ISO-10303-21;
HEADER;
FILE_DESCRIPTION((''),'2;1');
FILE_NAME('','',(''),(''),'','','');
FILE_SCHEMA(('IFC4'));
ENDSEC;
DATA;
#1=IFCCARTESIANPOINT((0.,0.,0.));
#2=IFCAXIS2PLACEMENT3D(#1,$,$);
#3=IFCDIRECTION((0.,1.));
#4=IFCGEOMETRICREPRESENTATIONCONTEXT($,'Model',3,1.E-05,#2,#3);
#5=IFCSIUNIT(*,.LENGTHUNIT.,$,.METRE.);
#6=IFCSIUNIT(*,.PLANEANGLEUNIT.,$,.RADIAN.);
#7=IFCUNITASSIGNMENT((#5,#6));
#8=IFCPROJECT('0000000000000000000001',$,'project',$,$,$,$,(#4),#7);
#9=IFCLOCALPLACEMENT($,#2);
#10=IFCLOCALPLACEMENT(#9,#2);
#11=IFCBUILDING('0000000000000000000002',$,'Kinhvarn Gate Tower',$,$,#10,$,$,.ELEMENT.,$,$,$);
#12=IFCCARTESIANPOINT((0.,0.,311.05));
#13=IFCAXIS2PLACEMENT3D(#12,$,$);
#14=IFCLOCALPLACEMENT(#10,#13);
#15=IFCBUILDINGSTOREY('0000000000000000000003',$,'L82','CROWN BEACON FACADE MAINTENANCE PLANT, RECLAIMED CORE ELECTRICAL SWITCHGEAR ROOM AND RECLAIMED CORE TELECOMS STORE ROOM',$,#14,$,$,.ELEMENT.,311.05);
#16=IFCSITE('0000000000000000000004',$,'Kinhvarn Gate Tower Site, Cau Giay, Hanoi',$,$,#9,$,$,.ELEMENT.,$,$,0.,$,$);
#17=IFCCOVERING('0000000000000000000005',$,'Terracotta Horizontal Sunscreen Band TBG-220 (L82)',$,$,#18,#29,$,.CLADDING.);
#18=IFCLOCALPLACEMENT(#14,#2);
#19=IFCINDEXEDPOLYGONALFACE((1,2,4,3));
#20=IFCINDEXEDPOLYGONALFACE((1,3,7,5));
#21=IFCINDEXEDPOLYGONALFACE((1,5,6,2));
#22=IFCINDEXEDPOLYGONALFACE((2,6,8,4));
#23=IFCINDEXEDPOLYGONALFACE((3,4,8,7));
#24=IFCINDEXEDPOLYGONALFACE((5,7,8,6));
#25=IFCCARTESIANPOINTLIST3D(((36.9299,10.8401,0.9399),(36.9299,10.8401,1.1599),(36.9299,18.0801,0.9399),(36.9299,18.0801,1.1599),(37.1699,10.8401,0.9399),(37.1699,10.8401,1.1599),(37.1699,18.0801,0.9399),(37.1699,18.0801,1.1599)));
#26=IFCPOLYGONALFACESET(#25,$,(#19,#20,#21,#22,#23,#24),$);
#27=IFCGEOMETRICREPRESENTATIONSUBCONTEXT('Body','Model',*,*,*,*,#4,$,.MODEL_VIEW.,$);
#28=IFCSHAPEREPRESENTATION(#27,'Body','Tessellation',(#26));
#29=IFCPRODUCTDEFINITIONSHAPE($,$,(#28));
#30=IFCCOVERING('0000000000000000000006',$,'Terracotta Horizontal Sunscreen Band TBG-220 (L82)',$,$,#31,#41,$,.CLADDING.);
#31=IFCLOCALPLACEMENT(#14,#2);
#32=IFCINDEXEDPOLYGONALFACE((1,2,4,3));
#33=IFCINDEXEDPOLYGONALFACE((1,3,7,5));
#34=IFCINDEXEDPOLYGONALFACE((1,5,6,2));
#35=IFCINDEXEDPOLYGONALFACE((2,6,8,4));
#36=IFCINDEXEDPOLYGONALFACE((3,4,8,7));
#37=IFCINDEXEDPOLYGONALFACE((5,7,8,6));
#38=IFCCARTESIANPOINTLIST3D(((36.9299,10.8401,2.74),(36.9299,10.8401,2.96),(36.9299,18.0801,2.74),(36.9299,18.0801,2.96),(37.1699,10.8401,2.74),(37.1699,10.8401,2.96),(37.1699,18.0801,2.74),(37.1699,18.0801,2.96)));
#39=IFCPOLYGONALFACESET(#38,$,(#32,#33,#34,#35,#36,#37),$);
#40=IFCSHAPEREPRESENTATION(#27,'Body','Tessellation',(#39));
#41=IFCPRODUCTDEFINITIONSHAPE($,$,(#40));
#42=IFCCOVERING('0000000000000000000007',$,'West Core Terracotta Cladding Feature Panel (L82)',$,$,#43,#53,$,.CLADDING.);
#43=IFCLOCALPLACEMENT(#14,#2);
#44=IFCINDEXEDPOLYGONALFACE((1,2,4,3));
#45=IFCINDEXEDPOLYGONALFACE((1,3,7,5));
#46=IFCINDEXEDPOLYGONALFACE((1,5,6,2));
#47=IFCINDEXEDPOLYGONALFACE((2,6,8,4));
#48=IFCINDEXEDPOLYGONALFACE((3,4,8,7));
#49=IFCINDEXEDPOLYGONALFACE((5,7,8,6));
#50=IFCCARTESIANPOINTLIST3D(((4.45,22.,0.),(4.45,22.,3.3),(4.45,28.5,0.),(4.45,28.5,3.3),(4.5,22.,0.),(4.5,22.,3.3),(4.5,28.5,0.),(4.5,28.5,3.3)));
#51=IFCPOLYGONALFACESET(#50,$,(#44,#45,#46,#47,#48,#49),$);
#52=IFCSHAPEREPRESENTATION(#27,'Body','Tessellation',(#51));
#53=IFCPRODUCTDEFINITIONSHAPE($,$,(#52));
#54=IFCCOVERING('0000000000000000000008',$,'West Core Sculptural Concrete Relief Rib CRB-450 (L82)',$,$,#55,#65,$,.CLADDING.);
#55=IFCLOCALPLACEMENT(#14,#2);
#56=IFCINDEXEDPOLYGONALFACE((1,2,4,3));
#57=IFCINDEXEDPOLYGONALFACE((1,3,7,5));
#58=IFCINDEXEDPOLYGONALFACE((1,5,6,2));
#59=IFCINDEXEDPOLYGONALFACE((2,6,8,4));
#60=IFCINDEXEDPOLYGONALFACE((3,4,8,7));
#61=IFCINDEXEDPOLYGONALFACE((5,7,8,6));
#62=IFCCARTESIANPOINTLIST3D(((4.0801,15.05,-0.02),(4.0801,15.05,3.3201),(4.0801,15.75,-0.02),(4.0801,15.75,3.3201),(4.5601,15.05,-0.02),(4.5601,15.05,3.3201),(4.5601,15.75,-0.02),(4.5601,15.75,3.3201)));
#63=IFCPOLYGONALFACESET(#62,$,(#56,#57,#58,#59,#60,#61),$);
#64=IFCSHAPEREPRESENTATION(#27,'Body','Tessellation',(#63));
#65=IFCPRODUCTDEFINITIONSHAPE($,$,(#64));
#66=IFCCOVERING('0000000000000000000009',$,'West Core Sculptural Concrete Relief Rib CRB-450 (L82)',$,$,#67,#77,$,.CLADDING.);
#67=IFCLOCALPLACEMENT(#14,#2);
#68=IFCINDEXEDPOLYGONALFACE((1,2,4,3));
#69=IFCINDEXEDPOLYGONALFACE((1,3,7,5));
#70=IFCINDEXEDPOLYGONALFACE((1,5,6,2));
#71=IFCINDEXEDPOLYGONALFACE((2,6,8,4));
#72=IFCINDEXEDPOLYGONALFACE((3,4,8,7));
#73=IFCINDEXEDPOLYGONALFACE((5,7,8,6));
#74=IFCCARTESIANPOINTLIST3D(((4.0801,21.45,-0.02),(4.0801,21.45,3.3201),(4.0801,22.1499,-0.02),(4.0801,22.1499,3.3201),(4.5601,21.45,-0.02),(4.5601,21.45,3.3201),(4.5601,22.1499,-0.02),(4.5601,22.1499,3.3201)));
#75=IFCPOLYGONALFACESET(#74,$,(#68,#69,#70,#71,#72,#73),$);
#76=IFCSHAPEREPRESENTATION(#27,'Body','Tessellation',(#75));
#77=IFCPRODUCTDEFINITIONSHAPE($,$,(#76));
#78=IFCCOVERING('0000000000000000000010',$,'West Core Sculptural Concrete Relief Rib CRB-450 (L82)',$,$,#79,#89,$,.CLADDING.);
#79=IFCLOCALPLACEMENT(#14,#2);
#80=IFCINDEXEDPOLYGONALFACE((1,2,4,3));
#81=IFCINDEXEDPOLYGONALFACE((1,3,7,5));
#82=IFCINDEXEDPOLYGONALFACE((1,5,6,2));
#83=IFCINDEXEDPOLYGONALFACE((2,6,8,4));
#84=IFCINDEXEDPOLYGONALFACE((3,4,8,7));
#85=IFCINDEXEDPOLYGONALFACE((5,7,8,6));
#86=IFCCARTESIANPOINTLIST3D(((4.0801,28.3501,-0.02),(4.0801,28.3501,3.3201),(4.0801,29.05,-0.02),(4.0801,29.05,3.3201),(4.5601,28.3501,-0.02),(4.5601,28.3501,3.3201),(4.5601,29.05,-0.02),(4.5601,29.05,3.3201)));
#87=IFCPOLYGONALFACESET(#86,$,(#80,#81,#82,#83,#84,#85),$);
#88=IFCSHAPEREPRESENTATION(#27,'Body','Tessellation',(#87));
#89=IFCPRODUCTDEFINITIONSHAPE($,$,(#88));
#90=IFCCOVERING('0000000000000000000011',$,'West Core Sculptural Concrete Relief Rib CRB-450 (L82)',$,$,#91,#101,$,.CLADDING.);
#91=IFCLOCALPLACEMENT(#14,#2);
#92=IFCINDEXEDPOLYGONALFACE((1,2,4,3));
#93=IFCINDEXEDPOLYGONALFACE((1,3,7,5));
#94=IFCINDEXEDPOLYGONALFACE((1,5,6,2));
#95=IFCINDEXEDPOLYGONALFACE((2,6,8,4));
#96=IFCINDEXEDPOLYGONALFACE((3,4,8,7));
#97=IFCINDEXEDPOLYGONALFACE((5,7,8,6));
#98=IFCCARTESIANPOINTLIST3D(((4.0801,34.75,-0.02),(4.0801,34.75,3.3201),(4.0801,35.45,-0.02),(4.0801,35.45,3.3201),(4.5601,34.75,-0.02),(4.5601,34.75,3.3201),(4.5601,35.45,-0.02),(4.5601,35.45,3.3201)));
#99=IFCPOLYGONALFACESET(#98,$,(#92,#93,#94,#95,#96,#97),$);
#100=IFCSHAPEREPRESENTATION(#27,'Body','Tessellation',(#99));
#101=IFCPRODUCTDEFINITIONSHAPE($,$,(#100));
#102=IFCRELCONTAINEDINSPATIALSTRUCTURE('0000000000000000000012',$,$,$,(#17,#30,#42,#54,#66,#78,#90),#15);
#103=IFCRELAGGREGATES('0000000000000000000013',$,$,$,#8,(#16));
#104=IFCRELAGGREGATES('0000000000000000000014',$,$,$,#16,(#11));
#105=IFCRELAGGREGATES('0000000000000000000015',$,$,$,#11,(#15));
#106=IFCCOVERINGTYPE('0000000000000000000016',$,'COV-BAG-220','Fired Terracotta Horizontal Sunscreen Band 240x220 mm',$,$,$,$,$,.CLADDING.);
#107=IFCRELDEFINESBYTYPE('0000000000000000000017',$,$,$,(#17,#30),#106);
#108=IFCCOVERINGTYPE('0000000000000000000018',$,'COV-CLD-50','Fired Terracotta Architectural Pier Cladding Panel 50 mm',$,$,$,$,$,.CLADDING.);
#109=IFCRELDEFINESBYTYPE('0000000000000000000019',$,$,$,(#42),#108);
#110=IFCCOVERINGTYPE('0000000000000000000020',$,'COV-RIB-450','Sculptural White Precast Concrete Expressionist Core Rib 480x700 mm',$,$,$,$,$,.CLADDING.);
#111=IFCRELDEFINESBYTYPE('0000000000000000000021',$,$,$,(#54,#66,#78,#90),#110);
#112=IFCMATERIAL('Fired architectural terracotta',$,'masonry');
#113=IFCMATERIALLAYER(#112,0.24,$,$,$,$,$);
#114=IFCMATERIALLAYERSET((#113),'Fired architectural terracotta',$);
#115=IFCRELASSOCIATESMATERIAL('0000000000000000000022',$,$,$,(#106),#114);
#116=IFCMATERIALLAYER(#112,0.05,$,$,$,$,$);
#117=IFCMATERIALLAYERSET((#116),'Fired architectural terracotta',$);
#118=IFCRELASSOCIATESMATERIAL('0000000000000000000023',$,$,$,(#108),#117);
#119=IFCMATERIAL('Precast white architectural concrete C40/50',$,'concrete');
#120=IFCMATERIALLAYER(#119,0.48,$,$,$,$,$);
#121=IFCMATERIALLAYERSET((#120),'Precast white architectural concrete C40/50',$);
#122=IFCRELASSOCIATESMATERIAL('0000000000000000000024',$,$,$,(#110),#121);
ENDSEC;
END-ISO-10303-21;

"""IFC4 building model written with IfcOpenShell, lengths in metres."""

from ifc_helpers import new_model, si_unit, direction, frame, origin, place, context, subcontext, project, spatial, polyline, outline, extrude, material, layer, layer_set, type_object, element, save


model = new_model("IFC4")

# Units and contexts
model_context = context("Model", 3, precision=1e-05, world=origin(), true_north=direction((0.0, 1.0)))
body_context = subcontext(model_context, "Body", "Model", "MODEL_VIEW")
ifc_project = project(units=[si_unit("LENGTHUNIT", "METRE"), si_unit("PLANEANGLEUNIT", "RADIAN")], contexts=[model_context])

# Site, building, storey
site_placement = place(None, origin())
site = spatial("IfcSite", under=ifc_project, at=site_placement, Name="Kinhvarn Gate Tower Site, Cau Giay, Hanoi", CompositionType="ELEMENT", RefElevation=0.0)
building_placement = place(site_placement, origin())
building = spatial("IfcBuilding", under=site, at=building_placement, Name="Kinhvarn Gate Tower", CompositionType="ELEMENT")
storey_placement = place(building_placement, frame((0.0, 0.0, 311.05)))
storey = spatial("IfcBuildingStorey", under=building, at=storey_placement, Name="L82", Description="CROWN BEACON FACADE MAINTENANCE PLANT, RECLAIMED CORE ELECTRICAL SWITCHGEAR ROOM AND RECLAIMED CORE TELECOMS STORE ROOM", CompositionType="ELEMENT", Elevation=311.05)

# Coverings
ifc_material_1 = material(Name="Fired architectural terracotta", Category="masonry")
ifc_layer_1 = layer(ifc_material_1, 0.24)
ifc_layer_set_1 = layer_set([ifc_layer_1], Name="Fired architectural terracotta")
covering_type_1 = type_object("IfcCoveringType", Name="COV-BAG-220", Description="Fired Terracotta Horizontal Sunscreen Band 240x220 mm", PredefinedType="CLADDING", material=ifc_layer_set_1)
for number, where, name in (
    (1, (0.0, 0.0, 0.9399), "Terracotta Horizontal Sunscreen Band TBG-220 (L82)"),
    (2, (0.0, 0.0, 2.74), "Terracotta Horizontal Sunscreen Band TBG-220 (L82)"),
):
    element("IfcCovering", number, at=place(storey_placement, frame(where)), inside=storey, type_object=covering_type_1, Name=name, PredefinedType="CLADDING", context=body_context, shape_type="SweptSolid", body=[
        extrude(outline(polyline([(36.9299, 10.8401), (36.9299, 18.0801), (37.1699, 18.0801), (37.1699, 10.8401), (36.9299, 10.8401)])), origin(), (0.0, 0.0, 1.0), 0.22),
    ])
ifc_layer_2 = layer(ifc_material_1, 0.05)
ifc_layer_set_2 = layer_set([ifc_layer_2], Name="Fired architectural terracotta")
covering_type_2 = type_object("IfcCoveringType", Name="COV-CLD-50", Description="Fired Terracotta Architectural Pier Cladding Panel 50 mm", PredefinedType="CLADDING", material=ifc_layer_set_2)
covering_1_placement = place(storey_placement, origin())
element("IfcCovering", 3, at=covering_1_placement, inside=storey, type_object=covering_type_2, Name="West Core Terracotta Cladding Feature Panel (L82)", PredefinedType="CLADDING", context=body_context, shape_type="SweptSolid", body=[
    extrude(outline(polyline([(4.45, 22.0), (4.5, 22.0), (4.5, 28.5), (4.45, 28.5), (4.45, 22.0)])), origin(), (0.0, 0.0, 1.0), 3.3),
])
ifc_material_2 = material(Name="Precast white architectural concrete C40/50", Category="concrete")
ifc_layer_3 = layer(ifc_material_2, 0.48)
ifc_layer_set_3 = layer_set([ifc_layer_3], Name="Precast white architectural concrete C40/50")
covering_type_3 = type_object("IfcCoveringType", Name="COV-RIB-450", Description="Sculptural White Precast Concrete Expressionist Core Rib 480x700 mm", PredefinedType="CLADDING", material=ifc_layer_set_3)
covering_2_placement = place(storey_placement, frame((0.0, 0.0, -0.02)))
element("IfcCovering", 4, at=covering_2_placement, inside=storey, type_object=covering_type_3, Name="West Core Sculptural Concrete Relief Rib CRB-450 (L82)", PredefinedType="CLADDING", context=body_context, shape_type="SweptSolid", body=[
    extrude(outline(polyline([(4.0801, 15.05), (4.5601, 15.05), (4.5601, 15.75), (4.0801, 15.75), (4.0801, 15.05)])), origin(), (0.0, 0.0, 1.0), 3.3401),
])
covering_3_placement = place(storey_placement, frame((0.0, 0.0, -0.02)))
element("IfcCovering", 5, at=covering_3_placement, inside=storey, type_object=covering_type_3, Name="West Core Sculptural Concrete Relief Rib CRB-450 (L82)", PredefinedType="CLADDING", context=body_context, shape_type="SweptSolid", body=[
    extrude(outline(polyline([(4.0801, 21.45), (4.5601, 21.45), (4.5601, 22.1499), (4.0801, 22.1499), (4.0801, 21.45)])), origin(), (0.0, 0.0, 1.0), 3.3401),
])
covering_4_placement = place(storey_placement, frame((0.0, 0.0, -0.02)))
element("IfcCovering", 6, at=covering_4_placement, inside=storey, type_object=covering_type_3, Name="West Core Sculptural Concrete Relief Rib CRB-450 (L82)", PredefinedType="CLADDING", context=body_context, shape_type="SweptSolid", body=[
    extrude(outline(polyline([(4.0801, 28.3501), (4.5601, 28.3501), (4.5601, 29.05), (4.0801, 29.05), (4.0801, 28.3501)])), origin(), (0.0, 0.0, 1.0), 3.3401),
])
covering_5_placement = place(storey_placement, frame((0.0, 0.0, -0.02)))
element("IfcCovering", 7, at=covering_5_placement, inside=storey, type_object=covering_type_3, Name="West Core Sculptural Concrete Relief Rib CRB-450 (L82)", PredefinedType="CLADDING", context=body_context, shape_type="SweptSolid", body=[
    extrude(outline(polyline([(4.0801, 34.75), (4.5601, 34.75), (4.5601, 35.45), (4.0801, 35.45), (4.0801, 34.75)])), origin(), (0.0, 0.0, 1.0), 3.3401),
])

save(model, "model.ifc")
